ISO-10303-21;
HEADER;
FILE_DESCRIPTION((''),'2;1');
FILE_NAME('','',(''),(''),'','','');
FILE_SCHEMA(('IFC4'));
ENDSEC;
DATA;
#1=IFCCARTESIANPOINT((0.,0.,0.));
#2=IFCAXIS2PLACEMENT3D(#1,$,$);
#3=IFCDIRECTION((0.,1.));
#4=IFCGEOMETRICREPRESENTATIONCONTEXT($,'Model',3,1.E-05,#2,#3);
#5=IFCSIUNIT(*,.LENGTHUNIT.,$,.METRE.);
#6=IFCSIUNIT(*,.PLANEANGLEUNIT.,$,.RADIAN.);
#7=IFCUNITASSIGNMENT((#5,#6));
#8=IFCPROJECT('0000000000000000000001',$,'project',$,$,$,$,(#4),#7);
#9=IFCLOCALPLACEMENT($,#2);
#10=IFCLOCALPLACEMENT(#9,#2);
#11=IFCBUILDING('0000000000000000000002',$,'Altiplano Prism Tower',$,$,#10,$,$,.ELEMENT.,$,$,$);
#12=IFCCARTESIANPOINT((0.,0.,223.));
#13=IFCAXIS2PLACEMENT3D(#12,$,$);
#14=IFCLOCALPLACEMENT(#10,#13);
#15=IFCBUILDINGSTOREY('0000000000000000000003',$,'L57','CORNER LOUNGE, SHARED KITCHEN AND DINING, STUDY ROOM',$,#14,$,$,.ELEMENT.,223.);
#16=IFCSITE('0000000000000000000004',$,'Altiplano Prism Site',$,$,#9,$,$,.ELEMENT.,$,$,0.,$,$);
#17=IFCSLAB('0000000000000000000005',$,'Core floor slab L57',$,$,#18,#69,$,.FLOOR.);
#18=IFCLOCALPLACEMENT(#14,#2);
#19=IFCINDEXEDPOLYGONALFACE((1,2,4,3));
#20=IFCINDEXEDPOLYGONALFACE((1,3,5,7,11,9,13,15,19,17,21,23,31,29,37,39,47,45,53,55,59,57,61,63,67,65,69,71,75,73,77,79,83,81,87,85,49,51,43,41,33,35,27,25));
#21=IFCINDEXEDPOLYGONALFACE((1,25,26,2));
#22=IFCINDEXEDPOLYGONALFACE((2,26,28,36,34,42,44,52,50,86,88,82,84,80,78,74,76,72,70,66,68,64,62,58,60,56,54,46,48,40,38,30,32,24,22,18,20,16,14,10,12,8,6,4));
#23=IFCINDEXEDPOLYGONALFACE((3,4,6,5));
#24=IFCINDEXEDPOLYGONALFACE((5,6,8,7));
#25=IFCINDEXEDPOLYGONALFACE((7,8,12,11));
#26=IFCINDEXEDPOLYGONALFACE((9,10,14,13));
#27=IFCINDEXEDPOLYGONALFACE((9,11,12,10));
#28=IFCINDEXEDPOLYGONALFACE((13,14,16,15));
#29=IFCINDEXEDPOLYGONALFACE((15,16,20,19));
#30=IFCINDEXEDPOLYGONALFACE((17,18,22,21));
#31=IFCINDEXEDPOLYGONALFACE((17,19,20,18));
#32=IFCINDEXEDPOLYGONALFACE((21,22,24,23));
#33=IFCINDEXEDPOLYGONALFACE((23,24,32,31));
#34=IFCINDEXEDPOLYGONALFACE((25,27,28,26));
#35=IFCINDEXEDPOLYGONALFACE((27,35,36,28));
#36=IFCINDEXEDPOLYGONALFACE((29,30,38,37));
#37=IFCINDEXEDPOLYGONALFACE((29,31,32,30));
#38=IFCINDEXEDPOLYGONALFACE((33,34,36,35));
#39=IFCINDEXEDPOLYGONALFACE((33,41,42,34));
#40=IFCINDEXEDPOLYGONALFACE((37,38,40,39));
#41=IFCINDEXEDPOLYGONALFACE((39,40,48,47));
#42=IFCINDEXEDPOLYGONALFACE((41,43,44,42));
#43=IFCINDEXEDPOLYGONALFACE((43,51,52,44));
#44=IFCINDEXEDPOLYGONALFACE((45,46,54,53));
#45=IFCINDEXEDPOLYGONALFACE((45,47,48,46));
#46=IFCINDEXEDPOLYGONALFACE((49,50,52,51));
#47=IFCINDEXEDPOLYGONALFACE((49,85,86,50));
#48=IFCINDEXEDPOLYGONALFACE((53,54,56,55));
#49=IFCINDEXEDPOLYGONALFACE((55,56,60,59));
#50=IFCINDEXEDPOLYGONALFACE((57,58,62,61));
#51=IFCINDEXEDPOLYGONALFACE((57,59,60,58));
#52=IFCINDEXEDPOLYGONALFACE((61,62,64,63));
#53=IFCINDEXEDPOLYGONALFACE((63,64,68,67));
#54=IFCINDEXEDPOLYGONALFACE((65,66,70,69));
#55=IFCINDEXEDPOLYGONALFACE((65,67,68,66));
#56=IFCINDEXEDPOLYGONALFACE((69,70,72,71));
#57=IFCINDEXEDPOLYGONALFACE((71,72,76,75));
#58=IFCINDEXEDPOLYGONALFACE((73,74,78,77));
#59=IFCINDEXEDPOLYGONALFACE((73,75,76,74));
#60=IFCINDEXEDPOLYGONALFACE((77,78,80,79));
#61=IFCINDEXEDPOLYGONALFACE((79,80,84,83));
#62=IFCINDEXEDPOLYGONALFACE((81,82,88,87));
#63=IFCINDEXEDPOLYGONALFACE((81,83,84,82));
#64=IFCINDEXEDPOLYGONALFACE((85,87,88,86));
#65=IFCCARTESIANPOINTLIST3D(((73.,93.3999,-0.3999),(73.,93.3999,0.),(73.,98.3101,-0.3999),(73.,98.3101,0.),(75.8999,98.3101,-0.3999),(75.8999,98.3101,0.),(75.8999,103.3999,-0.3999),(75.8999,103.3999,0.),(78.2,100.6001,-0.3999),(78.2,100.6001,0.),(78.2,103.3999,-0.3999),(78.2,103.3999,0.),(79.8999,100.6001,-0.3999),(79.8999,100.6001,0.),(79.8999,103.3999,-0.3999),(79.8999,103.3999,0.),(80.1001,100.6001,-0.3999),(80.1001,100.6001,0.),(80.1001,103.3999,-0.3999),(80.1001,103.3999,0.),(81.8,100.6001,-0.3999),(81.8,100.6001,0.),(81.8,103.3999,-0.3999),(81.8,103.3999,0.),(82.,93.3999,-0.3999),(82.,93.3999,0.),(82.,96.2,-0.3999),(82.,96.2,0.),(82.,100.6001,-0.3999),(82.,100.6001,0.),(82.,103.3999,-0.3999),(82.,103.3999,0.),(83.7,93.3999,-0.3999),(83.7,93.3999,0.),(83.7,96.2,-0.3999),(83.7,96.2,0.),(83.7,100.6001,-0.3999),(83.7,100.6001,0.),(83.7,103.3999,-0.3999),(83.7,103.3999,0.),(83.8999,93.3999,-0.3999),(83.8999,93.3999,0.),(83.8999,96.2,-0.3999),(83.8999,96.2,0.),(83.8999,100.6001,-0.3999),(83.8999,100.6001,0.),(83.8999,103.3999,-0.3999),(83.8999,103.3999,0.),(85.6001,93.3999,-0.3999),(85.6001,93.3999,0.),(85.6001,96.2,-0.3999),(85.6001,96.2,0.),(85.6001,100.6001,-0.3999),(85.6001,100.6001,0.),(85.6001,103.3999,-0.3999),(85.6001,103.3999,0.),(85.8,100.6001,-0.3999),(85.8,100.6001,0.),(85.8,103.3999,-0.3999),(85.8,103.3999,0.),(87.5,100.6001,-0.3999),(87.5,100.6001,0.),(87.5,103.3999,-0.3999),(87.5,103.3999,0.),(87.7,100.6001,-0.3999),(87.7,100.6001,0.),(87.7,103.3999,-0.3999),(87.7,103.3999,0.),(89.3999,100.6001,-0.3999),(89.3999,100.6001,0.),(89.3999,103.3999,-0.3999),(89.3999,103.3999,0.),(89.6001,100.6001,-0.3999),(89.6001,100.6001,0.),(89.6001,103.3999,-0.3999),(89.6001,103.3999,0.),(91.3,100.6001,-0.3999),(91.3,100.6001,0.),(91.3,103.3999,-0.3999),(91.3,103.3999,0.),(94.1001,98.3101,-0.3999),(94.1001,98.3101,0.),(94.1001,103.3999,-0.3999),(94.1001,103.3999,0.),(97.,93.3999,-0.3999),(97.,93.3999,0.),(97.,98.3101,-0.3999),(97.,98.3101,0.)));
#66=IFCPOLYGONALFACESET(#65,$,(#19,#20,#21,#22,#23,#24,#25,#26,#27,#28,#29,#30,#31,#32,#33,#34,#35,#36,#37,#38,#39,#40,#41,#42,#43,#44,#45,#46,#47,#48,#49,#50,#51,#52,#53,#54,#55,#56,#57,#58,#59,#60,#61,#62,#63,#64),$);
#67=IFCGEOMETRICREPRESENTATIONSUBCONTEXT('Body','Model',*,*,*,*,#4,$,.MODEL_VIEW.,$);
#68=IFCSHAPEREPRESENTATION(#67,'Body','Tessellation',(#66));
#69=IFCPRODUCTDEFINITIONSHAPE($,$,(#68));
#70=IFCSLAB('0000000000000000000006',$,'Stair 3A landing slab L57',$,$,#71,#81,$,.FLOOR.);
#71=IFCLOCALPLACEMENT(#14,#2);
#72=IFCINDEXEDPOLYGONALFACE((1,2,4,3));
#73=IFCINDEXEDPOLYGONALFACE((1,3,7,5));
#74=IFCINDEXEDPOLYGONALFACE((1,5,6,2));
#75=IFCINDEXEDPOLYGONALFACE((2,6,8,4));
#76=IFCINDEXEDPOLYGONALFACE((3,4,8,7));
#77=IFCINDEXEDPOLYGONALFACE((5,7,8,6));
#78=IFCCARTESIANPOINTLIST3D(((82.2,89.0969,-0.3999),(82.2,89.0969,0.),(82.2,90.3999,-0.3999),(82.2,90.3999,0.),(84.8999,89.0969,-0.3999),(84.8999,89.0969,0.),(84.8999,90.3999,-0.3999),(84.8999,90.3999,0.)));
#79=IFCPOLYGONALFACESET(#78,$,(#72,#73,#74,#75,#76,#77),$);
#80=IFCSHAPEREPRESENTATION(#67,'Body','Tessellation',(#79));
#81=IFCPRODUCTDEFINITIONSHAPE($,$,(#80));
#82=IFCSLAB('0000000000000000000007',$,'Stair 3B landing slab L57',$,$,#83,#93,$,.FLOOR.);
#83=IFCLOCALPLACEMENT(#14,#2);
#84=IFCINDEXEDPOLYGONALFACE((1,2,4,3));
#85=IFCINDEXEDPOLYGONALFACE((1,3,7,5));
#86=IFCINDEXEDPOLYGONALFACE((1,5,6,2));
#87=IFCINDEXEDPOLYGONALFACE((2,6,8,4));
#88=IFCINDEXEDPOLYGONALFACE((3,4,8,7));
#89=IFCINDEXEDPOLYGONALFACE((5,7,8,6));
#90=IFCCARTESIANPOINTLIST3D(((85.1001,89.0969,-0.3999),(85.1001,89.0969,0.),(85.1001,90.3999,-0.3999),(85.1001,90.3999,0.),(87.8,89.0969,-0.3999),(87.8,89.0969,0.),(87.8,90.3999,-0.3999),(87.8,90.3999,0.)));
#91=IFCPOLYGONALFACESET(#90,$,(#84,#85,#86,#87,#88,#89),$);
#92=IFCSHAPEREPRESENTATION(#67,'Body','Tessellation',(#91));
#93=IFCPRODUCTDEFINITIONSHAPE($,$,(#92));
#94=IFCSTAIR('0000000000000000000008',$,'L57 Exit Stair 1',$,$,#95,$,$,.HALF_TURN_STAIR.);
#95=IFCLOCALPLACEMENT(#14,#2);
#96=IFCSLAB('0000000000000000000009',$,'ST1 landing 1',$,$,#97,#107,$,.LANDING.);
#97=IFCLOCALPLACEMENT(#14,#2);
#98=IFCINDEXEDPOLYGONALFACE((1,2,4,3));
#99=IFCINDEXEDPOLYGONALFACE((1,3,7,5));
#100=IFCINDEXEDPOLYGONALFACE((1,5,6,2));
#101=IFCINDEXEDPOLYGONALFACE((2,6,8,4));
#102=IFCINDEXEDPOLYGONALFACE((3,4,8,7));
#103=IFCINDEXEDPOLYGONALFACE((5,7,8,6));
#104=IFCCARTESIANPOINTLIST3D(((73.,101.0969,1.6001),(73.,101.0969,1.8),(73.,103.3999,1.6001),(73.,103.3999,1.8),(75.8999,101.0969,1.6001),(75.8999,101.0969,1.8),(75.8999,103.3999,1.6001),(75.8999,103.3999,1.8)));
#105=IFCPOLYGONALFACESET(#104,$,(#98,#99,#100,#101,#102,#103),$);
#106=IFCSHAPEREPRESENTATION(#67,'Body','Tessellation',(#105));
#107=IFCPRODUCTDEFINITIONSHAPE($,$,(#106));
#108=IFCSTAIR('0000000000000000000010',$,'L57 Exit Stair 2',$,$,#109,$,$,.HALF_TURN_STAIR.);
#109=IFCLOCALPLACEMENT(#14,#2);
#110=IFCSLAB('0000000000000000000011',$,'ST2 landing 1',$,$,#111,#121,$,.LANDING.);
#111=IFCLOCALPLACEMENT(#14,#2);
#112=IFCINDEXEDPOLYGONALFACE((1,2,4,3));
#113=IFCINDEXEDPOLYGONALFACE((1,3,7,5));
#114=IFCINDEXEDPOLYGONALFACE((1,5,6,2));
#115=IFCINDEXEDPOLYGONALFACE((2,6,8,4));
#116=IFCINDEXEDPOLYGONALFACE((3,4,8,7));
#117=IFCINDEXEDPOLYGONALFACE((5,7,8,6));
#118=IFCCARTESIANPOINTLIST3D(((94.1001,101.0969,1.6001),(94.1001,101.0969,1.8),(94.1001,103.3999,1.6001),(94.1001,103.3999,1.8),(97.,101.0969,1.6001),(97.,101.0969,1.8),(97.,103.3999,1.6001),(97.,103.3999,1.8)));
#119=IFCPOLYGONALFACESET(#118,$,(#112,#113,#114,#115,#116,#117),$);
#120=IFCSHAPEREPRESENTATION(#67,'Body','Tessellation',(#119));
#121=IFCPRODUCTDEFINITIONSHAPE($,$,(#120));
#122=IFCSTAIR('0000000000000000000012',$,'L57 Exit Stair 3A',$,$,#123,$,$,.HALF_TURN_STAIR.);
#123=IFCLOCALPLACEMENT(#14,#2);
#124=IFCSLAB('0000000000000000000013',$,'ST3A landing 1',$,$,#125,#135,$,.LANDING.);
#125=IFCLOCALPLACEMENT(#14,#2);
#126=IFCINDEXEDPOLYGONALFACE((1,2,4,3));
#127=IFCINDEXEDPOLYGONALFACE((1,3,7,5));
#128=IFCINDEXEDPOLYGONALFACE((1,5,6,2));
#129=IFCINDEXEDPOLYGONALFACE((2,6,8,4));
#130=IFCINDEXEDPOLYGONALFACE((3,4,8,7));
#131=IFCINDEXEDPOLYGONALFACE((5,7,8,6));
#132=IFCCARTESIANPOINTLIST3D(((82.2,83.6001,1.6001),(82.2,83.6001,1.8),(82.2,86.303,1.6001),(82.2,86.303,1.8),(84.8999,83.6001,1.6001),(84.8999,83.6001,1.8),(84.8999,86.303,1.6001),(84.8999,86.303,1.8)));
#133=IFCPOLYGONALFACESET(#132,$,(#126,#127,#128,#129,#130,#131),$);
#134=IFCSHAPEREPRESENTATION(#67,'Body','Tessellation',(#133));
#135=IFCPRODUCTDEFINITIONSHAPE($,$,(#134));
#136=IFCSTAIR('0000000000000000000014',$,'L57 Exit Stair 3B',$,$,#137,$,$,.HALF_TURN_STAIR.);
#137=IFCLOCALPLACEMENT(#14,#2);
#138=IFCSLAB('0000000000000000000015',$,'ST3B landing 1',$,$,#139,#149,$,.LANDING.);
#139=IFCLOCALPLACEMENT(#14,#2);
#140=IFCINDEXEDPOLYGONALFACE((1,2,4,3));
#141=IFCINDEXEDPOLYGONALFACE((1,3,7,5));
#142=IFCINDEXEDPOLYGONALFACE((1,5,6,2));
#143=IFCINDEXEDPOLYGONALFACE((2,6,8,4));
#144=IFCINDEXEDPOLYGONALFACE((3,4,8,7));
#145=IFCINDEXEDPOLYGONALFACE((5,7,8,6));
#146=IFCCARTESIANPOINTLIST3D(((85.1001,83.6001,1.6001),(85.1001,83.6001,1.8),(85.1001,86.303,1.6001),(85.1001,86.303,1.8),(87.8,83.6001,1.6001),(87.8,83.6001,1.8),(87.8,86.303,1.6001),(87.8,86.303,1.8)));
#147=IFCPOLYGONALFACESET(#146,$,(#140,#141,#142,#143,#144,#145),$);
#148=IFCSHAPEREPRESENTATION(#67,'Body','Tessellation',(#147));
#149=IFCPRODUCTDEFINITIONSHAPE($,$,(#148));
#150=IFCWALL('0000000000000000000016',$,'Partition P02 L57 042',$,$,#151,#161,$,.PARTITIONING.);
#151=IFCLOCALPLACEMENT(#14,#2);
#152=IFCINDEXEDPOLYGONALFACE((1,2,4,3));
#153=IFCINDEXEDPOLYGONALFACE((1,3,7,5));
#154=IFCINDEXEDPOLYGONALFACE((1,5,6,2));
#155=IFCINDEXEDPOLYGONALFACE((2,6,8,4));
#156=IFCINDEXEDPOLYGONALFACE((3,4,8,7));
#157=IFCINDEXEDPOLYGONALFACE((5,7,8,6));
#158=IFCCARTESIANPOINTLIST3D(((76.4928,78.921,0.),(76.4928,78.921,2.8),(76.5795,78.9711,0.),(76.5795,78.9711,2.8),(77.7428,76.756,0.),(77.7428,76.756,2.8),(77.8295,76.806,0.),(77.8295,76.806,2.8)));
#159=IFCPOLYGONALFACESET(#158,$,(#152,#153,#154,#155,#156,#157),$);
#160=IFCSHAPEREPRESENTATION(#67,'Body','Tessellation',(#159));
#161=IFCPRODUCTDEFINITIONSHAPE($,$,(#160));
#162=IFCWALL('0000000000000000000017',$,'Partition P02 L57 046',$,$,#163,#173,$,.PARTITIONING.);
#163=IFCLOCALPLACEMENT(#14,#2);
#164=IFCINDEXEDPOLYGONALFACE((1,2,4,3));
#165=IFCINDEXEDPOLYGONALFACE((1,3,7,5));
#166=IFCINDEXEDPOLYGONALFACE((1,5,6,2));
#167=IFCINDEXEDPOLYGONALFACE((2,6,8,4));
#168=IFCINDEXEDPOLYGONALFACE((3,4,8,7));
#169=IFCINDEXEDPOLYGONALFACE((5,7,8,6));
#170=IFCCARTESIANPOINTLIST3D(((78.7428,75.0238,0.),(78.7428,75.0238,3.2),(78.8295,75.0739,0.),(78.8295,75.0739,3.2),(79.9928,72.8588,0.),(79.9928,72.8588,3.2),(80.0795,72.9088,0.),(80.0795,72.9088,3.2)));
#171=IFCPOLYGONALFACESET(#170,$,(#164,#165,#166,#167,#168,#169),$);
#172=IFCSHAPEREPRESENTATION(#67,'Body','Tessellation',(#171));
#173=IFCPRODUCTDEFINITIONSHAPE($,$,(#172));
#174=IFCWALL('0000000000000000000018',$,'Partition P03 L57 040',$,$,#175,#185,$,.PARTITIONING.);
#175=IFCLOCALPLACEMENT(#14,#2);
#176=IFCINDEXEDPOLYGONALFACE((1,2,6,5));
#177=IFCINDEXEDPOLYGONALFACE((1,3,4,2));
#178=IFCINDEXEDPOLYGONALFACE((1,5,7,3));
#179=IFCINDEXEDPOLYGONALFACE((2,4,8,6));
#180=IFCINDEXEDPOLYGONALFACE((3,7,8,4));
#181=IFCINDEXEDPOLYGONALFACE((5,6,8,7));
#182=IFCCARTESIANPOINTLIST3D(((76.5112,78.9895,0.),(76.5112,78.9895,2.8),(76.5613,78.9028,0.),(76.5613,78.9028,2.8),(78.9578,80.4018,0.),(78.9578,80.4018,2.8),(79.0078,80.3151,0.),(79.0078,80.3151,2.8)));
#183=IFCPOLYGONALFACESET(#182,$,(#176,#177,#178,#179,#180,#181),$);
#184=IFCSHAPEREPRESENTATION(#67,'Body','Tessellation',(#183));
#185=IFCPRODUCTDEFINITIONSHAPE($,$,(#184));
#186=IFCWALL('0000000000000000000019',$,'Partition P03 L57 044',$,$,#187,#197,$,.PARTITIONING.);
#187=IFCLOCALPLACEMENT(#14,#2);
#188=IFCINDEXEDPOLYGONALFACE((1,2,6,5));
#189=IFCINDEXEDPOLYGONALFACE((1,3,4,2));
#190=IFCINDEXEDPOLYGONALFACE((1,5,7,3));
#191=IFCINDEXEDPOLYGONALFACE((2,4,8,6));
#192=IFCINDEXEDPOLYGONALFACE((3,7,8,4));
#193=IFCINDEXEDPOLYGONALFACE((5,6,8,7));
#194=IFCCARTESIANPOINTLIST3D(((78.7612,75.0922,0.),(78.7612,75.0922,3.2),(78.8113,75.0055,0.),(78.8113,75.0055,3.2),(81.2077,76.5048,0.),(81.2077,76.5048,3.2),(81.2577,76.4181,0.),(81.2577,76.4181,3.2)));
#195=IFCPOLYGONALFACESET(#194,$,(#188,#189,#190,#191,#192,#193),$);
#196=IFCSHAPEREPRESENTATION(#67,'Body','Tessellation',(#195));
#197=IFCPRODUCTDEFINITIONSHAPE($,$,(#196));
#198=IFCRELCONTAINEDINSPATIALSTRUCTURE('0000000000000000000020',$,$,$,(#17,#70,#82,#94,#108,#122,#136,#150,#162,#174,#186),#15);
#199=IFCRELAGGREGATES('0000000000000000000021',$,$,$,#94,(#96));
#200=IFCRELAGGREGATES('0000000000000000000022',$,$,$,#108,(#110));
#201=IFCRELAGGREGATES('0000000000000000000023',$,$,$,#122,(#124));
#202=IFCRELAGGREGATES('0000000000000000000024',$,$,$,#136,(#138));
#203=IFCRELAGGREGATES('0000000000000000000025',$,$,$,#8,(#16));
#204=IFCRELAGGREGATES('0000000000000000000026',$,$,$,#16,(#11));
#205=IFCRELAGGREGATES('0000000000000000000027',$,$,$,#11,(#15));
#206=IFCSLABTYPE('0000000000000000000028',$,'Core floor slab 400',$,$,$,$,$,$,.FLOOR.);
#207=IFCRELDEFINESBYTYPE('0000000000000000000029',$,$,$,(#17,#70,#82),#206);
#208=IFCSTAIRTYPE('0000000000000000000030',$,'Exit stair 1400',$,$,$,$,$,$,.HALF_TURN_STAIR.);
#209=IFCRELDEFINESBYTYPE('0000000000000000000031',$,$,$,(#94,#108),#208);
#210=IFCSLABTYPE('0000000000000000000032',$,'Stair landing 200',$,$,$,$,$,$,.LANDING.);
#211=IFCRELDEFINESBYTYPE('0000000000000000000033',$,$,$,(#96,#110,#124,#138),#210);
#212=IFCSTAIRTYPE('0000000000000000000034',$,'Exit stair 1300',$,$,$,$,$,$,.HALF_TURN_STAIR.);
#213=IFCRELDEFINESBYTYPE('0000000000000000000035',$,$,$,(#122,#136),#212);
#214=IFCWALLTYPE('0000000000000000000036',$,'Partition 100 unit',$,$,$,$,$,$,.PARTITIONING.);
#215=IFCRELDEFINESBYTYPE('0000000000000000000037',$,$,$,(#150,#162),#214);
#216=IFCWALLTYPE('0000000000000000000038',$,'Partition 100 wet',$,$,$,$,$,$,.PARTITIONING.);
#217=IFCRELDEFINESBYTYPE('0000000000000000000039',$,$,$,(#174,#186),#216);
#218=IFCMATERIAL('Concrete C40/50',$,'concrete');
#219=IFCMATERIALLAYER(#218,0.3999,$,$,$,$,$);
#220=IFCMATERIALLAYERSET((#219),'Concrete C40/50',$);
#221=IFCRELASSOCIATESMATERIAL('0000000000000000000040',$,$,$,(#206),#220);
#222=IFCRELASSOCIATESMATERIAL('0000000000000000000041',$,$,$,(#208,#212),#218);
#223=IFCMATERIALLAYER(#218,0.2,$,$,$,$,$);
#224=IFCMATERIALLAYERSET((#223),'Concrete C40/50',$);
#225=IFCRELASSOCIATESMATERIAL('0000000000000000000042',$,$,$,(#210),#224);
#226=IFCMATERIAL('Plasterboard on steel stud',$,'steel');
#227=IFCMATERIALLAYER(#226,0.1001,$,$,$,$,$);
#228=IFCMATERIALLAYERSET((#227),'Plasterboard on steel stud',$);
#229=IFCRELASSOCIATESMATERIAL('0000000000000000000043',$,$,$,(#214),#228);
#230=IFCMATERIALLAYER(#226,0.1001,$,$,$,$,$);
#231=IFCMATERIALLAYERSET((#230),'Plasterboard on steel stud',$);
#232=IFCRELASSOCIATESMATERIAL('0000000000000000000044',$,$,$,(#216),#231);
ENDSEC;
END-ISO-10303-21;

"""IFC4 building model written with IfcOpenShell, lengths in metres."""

from ifc_helpers import new_model, si_unit, direction, frame, frame_2d, origin, place, context, subcontext, project, spatial, polyline, rectangle, outline, extrude, material, layer, layer_set, type_object, element, aggregate, save


model = new_model("IFC4")

# Units and contexts
model_context = context("Model", 3, precision=1e-05, world=origin(), true_north=direction((0.0, 1.0)))
body_context = subcontext(model_context, "Body", "Model", "MODEL_VIEW")
ifc_project = project(units=[si_unit("LENGTHUNIT", "METRE"), si_unit("PLANEANGLEUNIT", "RADIAN")], contexts=[model_context])

# Site, building, storey
site_placement = place(None, origin())
site = spatial("IfcSite", under=ifc_project, at=site_placement, Name="Altiplano Prism Site", CompositionType="ELEMENT", RefElevation=0.0)
building_placement = place(site_placement, origin())
building = spatial("IfcBuilding", under=site, at=building_placement, Name="Altiplano Prism Tower", CompositionType="ELEMENT")
storey_placement = place(building_placement, frame((0.0, 0.0, 223.0)))
storey = spatial("IfcBuildingStorey", under=building, at=storey_placement, Name="L57", Description="CORNER LOUNGE, SHARED KITCHEN AND DINING, STUDY ROOM", CompositionType="ELEMENT", Elevation=223.0)

# Slabs
ifc_material_1 = material(Name="Concrete C40/50", Category="concrete")
ifc_layer_1 = layer(ifc_material_1, 0.3999)
ifc_layer_set_1 = layer_set([ifc_layer_1], Name="Concrete C40/50")
slab_type_1 = type_object("IfcSlabType", Name="Core floor slab 400", PredefinedType="FLOOR", material=ifc_layer_set_1)
slab_1_placement = place(storey_placement, frame((0.0, 0.0, -0.3999)))
element("IfcSlab", 1, at=slab_1_placement, inside=storey, type_object=slab_type_1, Name="Core floor slab L57", PredefinedType="FLOOR", context=body_context, shape_type="SweptSolid", body=[
    extrude(outline(polyline([(97.0, 98.3101), (94.1001, 98.3101), (94.1001, 103.3999), (91.3, 103.3999), (91.3, 100.6001), (89.6001, 100.6001), (89.6001, 103.3999), (89.3999, 103.3999), (89.3999, 100.6001), (87.7, 100.6001), (87.7, 103.3999), (87.5, 103.3999), (87.5, 100.6001), (85.8, 100.6001), (85.8, 103.3999), (85.6001, 103.3999), (85.6001, 100.6001), (83.8999, 100.6001), (83.8999, 103.3999), (83.7, 103.3999), (83.7, 100.6001), (82.0, 100.6001), (82.0, 103.3999), (81.8, 103.3999), (81.8, 100.6001), (80.1001, 100.6001), (80.1001, 103.3999), (79.8999, 103.3999), (79.8999, 100.6001), (78.2, 100.6001), (78.2, 103.3999), (75.8999, 103.3999), (75.8999, 98.3101), (73.0, 98.3101), (73.0, 93.3999), (82.0, 93.3999), (82.0, 96.2), (83.7, 96.2), (83.7, 93.3999), (83.8999, 93.3999), (83.8999, 96.2), (85.6001, 96.2), (85.6001, 93.3999), (97.0, 93.3999), (97.0, 98.3101)])), origin(), (0.0, 0.0, 1.0), 0.3999),
])
slab_2_placement = place(storey_placement, frame((0.0, 0.0, -0.3999)))
element("IfcSlab", 2, at=slab_2_placement, inside=storey, type_object=slab_type_1, Name="Stair 3A landing slab L57", PredefinedType="FLOOR", context=body_context, shape_type="SweptSolid", body=[
    extrude(outline(polyline([(82.2, 89.0969), (84.8999, 89.0969), (84.8999, 90.3999), (82.2, 90.3999), (82.2, 89.0969)])), origin(), (0.0, 0.0, 1.0), 0.3999),
])
slab_3_placement = place(storey_placement, frame((0.0, 0.0, -0.3999)))
element("IfcSlab", 3, at=slab_3_placement, inside=storey, type_object=slab_type_1, Name="Stair 3B landing slab L57", PredefinedType="FLOOR", context=body_context, shape_type="SweptSolid", body=[
    extrude(outline(polyline([(85.1001, 89.0969), (87.8, 89.0969), (87.8, 90.3999), (85.1001, 90.3999), (85.1001, 89.0969)])), origin(), (0.0, 0.0, 1.0), 0.3999),
])

# Stairs, slabs
stair_type_1 = type_object("IfcStairType", Name="Exit stair 1400", PredefinedType="HALF_TURN_STAIR", material=ifc_material_1)
stair_1_placement = place(storey_placement, origin())
stair_1 = element("IfcStair", 4, at=stair_1_placement, inside=storey, type_object=stair_type_1, Name="L57 Exit Stair 1", PredefinedType="HALF_TURN_STAIR")
ifc_layer_2 = layer(ifc_material_1, 0.2)
ifc_layer_set_2 = layer_set([ifc_layer_2], Name="Concrete C40/50")
slab_type_2 = type_object("IfcSlabType", Name="Stair landing 200", PredefinedType="LANDING", material=ifc_layer_set_2)
slab_4_placement = place(storey_placement, frame((0.0, 0.0, 1.6001)))
slab_4 = element("IfcSlab", 5, at=slab_4_placement, type_object=slab_type_2, Name="ST1 landing 1", PredefinedType="LANDING", context=body_context, shape_type="SweptSolid", body=[
    extrude(outline(polyline([(75.8999, 101.0969), (75.8999, 103.3999), (73.0, 103.3999), (73.0, 101.0969), (75.8999, 101.0969)])), origin(), (0.0, 0.0, 1.0), 0.2),
])
aggregate(stair_1, [slab_4])
stair_2_placement = place(storey_placement, origin())
stair_2 = element("IfcStair", 6, at=stair_2_placement, inside=storey, type_object=stair_type_1, Name="L57 Exit Stair 2", PredefinedType="HALF_TURN_STAIR")
slab_5_placement = place(storey_placement, frame((0.0, 0.0, 1.6001)))
slab_5 = element("IfcSlab", 7, at=slab_5_placement, type_object=slab_type_2, Name="ST2 landing 1", PredefinedType="LANDING", context=body_context, shape_type="SweptSolid", body=[
    extrude(outline(polyline([(97.0, 101.0969), (97.0, 103.3999), (94.1001, 103.3999), (94.1001, 101.0969), (97.0, 101.0969)])), origin(), (0.0, 0.0, 1.0), 0.2),
])
aggregate(stair_2, [slab_5])
stair_type_2 = type_object("IfcStairType", Name="Exit stair 1300", PredefinedType="HALF_TURN_STAIR", material=ifc_material_1)
stair_3_placement = place(storey_placement, origin())
stair_3 = element("IfcStair", 8, at=stair_3_placement, inside=storey, type_object=stair_type_2, Name="L57 Exit Stair 3A", PredefinedType="HALF_TURN_STAIR")
slab_6_placement = place(storey_placement, frame((0.0, 0.0, 1.6001)))
slab_6 = element("IfcSlab", 9, at=slab_6_placement, type_object=slab_type_2, Name="ST3A landing 1", PredefinedType="LANDING", context=body_context, shape_type="SweptSolid", body=[
    extrude(outline(polyline([(82.2, 86.303), (82.2, 83.6001), (84.8999, 83.6001), (84.8999, 86.303), (82.2, 86.303)])), origin(), (0.0, 0.0, 1.0), 0.2),
])
aggregate(stair_3, [slab_6])
stair_4_placement = place(storey_placement, origin())
stair_4 = element("IfcStair", 10, at=stair_4_placement, inside=storey, type_object=stair_type_2, Name="L57 Exit Stair 3B", PredefinedType="HALF_TURN_STAIR")
slab_7_placement = place(storey_placement, frame((0.0, 0.0, 1.6001)))
slab_7 = element("IfcSlab", 11, at=slab_7_placement, type_object=slab_type_2, Name="ST3B landing 1", PredefinedType="LANDING", context=body_context, shape_type="SweptSolid", body=[
    extrude(outline(polyline([(85.1001, 86.303), (85.1001, 83.6001), (87.8, 83.6001), (87.8, 86.303), (85.1001, 86.303)])), origin(), (0.0, 0.0, 1.0), 0.2),
])
aggregate(stair_4, [slab_7])

# Walls
ifc_material_2 = material(Name="Plasterboard on steel stud", Category="steel")
ifc_layer_3 = layer(ifc_material_2, 0.1001)
ifc_layer_set_3 = layer_set([ifc_layer_3], Name="Plasterboard on steel stud")
wall_type_1 = type_object("IfcWallType", Name="Partition 100 unit", PredefinedType="PARTITIONING", material=ifc_layer_set_3)
wall_1_placement = place(storey_placement, frame((77.7861, 76.781, 0.0), z_axis=(0.0, 0.0, 1.0), x_axis=(-0.500004, 0.866023, 0.0)))
element("IfcWall", 12, at=wall_1_placement, inside=storey, type_object=wall_type_1, Name="Partition P02 L57 042", PredefinedType="PARTITIONING", context=body_context, shape_type="SweptSolid", body=[
    extrude(rectangle(XDim=2.5, YDim=0.1001, at=frame_2d((1.25, 0.0))), origin(), (0.0, 0.0, 1.0), 2.8),
])
wall_2_placement = place(storey_placement, frame((80.0361, 72.8838, 0.0), z_axis=(0.0, 0.0, 1.0), x_axis=(-0.500004, 0.866023, 0.0)))
element("IfcWall", 13, at=wall_2_placement, inside=storey, type_object=wall_type_1, Name="Partition P02 L57 046", PredefinedType="PARTITIONING", context=body_context, shape_type="SweptSolid", body=[
    extrude(rectangle(XDim=2.5, YDim=0.1001, at=frame_2d((1.25, 0.0))), origin(), (0.0, 0.0, 1.0), 3.2),
])
ifc_layer_4 = layer(ifc_material_2, 0.1001)
ifc_layer_set_4 = layer_set([ifc_layer_4], Name="Plasterboard on steel stud")
wall_type_2 = type_object("IfcWallType", Name="Partition 100 wet", PredefinedType="PARTITIONING", material=ifc_layer_set_4)
wall_3_placement = place(storey_placement, frame((76.5361, 78.946, 0.0), z_axis=(0.0, 0.0, 1.0), x_axis=(0.866049, 0.499959, 0.0)))
element("IfcWall", 14, at=wall_3_placement, inside=storey, type_object=wall_type_2, Name="Partition P03 L57 040", PredefinedType="PARTITIONING", context=body_context, shape_type="SweptSolid", body=[
    extrude(rectangle(XDim=2.825, YDim=0.1001, at=frame_2d((1.4126, 0.0))), origin(), (0.0, 0.0, 1.0), 2.8),
])
wall_4_placement = place(storey_placement, frame((78.7861, 75.0488, 0.0), z_axis=(0.0, 0.0, 1.0), x_axis=(0.866011, 0.500024, 0.0)))
element("IfcWall", 15, at=wall_4_placement, inside=storey, type_object=wall_type_2, Name="Partition P03 L57 044", PredefinedType="PARTITIONING", context=body_context, shape_type="SweptSolid", body=[
    extrude(rectangle(XDim=2.825, YDim=0.1001, at=frame_2d((1.4126, 0.0))), origin(), (0.0, 0.0, 1.0), 3.2),
])

save(model, "model.ifc")
